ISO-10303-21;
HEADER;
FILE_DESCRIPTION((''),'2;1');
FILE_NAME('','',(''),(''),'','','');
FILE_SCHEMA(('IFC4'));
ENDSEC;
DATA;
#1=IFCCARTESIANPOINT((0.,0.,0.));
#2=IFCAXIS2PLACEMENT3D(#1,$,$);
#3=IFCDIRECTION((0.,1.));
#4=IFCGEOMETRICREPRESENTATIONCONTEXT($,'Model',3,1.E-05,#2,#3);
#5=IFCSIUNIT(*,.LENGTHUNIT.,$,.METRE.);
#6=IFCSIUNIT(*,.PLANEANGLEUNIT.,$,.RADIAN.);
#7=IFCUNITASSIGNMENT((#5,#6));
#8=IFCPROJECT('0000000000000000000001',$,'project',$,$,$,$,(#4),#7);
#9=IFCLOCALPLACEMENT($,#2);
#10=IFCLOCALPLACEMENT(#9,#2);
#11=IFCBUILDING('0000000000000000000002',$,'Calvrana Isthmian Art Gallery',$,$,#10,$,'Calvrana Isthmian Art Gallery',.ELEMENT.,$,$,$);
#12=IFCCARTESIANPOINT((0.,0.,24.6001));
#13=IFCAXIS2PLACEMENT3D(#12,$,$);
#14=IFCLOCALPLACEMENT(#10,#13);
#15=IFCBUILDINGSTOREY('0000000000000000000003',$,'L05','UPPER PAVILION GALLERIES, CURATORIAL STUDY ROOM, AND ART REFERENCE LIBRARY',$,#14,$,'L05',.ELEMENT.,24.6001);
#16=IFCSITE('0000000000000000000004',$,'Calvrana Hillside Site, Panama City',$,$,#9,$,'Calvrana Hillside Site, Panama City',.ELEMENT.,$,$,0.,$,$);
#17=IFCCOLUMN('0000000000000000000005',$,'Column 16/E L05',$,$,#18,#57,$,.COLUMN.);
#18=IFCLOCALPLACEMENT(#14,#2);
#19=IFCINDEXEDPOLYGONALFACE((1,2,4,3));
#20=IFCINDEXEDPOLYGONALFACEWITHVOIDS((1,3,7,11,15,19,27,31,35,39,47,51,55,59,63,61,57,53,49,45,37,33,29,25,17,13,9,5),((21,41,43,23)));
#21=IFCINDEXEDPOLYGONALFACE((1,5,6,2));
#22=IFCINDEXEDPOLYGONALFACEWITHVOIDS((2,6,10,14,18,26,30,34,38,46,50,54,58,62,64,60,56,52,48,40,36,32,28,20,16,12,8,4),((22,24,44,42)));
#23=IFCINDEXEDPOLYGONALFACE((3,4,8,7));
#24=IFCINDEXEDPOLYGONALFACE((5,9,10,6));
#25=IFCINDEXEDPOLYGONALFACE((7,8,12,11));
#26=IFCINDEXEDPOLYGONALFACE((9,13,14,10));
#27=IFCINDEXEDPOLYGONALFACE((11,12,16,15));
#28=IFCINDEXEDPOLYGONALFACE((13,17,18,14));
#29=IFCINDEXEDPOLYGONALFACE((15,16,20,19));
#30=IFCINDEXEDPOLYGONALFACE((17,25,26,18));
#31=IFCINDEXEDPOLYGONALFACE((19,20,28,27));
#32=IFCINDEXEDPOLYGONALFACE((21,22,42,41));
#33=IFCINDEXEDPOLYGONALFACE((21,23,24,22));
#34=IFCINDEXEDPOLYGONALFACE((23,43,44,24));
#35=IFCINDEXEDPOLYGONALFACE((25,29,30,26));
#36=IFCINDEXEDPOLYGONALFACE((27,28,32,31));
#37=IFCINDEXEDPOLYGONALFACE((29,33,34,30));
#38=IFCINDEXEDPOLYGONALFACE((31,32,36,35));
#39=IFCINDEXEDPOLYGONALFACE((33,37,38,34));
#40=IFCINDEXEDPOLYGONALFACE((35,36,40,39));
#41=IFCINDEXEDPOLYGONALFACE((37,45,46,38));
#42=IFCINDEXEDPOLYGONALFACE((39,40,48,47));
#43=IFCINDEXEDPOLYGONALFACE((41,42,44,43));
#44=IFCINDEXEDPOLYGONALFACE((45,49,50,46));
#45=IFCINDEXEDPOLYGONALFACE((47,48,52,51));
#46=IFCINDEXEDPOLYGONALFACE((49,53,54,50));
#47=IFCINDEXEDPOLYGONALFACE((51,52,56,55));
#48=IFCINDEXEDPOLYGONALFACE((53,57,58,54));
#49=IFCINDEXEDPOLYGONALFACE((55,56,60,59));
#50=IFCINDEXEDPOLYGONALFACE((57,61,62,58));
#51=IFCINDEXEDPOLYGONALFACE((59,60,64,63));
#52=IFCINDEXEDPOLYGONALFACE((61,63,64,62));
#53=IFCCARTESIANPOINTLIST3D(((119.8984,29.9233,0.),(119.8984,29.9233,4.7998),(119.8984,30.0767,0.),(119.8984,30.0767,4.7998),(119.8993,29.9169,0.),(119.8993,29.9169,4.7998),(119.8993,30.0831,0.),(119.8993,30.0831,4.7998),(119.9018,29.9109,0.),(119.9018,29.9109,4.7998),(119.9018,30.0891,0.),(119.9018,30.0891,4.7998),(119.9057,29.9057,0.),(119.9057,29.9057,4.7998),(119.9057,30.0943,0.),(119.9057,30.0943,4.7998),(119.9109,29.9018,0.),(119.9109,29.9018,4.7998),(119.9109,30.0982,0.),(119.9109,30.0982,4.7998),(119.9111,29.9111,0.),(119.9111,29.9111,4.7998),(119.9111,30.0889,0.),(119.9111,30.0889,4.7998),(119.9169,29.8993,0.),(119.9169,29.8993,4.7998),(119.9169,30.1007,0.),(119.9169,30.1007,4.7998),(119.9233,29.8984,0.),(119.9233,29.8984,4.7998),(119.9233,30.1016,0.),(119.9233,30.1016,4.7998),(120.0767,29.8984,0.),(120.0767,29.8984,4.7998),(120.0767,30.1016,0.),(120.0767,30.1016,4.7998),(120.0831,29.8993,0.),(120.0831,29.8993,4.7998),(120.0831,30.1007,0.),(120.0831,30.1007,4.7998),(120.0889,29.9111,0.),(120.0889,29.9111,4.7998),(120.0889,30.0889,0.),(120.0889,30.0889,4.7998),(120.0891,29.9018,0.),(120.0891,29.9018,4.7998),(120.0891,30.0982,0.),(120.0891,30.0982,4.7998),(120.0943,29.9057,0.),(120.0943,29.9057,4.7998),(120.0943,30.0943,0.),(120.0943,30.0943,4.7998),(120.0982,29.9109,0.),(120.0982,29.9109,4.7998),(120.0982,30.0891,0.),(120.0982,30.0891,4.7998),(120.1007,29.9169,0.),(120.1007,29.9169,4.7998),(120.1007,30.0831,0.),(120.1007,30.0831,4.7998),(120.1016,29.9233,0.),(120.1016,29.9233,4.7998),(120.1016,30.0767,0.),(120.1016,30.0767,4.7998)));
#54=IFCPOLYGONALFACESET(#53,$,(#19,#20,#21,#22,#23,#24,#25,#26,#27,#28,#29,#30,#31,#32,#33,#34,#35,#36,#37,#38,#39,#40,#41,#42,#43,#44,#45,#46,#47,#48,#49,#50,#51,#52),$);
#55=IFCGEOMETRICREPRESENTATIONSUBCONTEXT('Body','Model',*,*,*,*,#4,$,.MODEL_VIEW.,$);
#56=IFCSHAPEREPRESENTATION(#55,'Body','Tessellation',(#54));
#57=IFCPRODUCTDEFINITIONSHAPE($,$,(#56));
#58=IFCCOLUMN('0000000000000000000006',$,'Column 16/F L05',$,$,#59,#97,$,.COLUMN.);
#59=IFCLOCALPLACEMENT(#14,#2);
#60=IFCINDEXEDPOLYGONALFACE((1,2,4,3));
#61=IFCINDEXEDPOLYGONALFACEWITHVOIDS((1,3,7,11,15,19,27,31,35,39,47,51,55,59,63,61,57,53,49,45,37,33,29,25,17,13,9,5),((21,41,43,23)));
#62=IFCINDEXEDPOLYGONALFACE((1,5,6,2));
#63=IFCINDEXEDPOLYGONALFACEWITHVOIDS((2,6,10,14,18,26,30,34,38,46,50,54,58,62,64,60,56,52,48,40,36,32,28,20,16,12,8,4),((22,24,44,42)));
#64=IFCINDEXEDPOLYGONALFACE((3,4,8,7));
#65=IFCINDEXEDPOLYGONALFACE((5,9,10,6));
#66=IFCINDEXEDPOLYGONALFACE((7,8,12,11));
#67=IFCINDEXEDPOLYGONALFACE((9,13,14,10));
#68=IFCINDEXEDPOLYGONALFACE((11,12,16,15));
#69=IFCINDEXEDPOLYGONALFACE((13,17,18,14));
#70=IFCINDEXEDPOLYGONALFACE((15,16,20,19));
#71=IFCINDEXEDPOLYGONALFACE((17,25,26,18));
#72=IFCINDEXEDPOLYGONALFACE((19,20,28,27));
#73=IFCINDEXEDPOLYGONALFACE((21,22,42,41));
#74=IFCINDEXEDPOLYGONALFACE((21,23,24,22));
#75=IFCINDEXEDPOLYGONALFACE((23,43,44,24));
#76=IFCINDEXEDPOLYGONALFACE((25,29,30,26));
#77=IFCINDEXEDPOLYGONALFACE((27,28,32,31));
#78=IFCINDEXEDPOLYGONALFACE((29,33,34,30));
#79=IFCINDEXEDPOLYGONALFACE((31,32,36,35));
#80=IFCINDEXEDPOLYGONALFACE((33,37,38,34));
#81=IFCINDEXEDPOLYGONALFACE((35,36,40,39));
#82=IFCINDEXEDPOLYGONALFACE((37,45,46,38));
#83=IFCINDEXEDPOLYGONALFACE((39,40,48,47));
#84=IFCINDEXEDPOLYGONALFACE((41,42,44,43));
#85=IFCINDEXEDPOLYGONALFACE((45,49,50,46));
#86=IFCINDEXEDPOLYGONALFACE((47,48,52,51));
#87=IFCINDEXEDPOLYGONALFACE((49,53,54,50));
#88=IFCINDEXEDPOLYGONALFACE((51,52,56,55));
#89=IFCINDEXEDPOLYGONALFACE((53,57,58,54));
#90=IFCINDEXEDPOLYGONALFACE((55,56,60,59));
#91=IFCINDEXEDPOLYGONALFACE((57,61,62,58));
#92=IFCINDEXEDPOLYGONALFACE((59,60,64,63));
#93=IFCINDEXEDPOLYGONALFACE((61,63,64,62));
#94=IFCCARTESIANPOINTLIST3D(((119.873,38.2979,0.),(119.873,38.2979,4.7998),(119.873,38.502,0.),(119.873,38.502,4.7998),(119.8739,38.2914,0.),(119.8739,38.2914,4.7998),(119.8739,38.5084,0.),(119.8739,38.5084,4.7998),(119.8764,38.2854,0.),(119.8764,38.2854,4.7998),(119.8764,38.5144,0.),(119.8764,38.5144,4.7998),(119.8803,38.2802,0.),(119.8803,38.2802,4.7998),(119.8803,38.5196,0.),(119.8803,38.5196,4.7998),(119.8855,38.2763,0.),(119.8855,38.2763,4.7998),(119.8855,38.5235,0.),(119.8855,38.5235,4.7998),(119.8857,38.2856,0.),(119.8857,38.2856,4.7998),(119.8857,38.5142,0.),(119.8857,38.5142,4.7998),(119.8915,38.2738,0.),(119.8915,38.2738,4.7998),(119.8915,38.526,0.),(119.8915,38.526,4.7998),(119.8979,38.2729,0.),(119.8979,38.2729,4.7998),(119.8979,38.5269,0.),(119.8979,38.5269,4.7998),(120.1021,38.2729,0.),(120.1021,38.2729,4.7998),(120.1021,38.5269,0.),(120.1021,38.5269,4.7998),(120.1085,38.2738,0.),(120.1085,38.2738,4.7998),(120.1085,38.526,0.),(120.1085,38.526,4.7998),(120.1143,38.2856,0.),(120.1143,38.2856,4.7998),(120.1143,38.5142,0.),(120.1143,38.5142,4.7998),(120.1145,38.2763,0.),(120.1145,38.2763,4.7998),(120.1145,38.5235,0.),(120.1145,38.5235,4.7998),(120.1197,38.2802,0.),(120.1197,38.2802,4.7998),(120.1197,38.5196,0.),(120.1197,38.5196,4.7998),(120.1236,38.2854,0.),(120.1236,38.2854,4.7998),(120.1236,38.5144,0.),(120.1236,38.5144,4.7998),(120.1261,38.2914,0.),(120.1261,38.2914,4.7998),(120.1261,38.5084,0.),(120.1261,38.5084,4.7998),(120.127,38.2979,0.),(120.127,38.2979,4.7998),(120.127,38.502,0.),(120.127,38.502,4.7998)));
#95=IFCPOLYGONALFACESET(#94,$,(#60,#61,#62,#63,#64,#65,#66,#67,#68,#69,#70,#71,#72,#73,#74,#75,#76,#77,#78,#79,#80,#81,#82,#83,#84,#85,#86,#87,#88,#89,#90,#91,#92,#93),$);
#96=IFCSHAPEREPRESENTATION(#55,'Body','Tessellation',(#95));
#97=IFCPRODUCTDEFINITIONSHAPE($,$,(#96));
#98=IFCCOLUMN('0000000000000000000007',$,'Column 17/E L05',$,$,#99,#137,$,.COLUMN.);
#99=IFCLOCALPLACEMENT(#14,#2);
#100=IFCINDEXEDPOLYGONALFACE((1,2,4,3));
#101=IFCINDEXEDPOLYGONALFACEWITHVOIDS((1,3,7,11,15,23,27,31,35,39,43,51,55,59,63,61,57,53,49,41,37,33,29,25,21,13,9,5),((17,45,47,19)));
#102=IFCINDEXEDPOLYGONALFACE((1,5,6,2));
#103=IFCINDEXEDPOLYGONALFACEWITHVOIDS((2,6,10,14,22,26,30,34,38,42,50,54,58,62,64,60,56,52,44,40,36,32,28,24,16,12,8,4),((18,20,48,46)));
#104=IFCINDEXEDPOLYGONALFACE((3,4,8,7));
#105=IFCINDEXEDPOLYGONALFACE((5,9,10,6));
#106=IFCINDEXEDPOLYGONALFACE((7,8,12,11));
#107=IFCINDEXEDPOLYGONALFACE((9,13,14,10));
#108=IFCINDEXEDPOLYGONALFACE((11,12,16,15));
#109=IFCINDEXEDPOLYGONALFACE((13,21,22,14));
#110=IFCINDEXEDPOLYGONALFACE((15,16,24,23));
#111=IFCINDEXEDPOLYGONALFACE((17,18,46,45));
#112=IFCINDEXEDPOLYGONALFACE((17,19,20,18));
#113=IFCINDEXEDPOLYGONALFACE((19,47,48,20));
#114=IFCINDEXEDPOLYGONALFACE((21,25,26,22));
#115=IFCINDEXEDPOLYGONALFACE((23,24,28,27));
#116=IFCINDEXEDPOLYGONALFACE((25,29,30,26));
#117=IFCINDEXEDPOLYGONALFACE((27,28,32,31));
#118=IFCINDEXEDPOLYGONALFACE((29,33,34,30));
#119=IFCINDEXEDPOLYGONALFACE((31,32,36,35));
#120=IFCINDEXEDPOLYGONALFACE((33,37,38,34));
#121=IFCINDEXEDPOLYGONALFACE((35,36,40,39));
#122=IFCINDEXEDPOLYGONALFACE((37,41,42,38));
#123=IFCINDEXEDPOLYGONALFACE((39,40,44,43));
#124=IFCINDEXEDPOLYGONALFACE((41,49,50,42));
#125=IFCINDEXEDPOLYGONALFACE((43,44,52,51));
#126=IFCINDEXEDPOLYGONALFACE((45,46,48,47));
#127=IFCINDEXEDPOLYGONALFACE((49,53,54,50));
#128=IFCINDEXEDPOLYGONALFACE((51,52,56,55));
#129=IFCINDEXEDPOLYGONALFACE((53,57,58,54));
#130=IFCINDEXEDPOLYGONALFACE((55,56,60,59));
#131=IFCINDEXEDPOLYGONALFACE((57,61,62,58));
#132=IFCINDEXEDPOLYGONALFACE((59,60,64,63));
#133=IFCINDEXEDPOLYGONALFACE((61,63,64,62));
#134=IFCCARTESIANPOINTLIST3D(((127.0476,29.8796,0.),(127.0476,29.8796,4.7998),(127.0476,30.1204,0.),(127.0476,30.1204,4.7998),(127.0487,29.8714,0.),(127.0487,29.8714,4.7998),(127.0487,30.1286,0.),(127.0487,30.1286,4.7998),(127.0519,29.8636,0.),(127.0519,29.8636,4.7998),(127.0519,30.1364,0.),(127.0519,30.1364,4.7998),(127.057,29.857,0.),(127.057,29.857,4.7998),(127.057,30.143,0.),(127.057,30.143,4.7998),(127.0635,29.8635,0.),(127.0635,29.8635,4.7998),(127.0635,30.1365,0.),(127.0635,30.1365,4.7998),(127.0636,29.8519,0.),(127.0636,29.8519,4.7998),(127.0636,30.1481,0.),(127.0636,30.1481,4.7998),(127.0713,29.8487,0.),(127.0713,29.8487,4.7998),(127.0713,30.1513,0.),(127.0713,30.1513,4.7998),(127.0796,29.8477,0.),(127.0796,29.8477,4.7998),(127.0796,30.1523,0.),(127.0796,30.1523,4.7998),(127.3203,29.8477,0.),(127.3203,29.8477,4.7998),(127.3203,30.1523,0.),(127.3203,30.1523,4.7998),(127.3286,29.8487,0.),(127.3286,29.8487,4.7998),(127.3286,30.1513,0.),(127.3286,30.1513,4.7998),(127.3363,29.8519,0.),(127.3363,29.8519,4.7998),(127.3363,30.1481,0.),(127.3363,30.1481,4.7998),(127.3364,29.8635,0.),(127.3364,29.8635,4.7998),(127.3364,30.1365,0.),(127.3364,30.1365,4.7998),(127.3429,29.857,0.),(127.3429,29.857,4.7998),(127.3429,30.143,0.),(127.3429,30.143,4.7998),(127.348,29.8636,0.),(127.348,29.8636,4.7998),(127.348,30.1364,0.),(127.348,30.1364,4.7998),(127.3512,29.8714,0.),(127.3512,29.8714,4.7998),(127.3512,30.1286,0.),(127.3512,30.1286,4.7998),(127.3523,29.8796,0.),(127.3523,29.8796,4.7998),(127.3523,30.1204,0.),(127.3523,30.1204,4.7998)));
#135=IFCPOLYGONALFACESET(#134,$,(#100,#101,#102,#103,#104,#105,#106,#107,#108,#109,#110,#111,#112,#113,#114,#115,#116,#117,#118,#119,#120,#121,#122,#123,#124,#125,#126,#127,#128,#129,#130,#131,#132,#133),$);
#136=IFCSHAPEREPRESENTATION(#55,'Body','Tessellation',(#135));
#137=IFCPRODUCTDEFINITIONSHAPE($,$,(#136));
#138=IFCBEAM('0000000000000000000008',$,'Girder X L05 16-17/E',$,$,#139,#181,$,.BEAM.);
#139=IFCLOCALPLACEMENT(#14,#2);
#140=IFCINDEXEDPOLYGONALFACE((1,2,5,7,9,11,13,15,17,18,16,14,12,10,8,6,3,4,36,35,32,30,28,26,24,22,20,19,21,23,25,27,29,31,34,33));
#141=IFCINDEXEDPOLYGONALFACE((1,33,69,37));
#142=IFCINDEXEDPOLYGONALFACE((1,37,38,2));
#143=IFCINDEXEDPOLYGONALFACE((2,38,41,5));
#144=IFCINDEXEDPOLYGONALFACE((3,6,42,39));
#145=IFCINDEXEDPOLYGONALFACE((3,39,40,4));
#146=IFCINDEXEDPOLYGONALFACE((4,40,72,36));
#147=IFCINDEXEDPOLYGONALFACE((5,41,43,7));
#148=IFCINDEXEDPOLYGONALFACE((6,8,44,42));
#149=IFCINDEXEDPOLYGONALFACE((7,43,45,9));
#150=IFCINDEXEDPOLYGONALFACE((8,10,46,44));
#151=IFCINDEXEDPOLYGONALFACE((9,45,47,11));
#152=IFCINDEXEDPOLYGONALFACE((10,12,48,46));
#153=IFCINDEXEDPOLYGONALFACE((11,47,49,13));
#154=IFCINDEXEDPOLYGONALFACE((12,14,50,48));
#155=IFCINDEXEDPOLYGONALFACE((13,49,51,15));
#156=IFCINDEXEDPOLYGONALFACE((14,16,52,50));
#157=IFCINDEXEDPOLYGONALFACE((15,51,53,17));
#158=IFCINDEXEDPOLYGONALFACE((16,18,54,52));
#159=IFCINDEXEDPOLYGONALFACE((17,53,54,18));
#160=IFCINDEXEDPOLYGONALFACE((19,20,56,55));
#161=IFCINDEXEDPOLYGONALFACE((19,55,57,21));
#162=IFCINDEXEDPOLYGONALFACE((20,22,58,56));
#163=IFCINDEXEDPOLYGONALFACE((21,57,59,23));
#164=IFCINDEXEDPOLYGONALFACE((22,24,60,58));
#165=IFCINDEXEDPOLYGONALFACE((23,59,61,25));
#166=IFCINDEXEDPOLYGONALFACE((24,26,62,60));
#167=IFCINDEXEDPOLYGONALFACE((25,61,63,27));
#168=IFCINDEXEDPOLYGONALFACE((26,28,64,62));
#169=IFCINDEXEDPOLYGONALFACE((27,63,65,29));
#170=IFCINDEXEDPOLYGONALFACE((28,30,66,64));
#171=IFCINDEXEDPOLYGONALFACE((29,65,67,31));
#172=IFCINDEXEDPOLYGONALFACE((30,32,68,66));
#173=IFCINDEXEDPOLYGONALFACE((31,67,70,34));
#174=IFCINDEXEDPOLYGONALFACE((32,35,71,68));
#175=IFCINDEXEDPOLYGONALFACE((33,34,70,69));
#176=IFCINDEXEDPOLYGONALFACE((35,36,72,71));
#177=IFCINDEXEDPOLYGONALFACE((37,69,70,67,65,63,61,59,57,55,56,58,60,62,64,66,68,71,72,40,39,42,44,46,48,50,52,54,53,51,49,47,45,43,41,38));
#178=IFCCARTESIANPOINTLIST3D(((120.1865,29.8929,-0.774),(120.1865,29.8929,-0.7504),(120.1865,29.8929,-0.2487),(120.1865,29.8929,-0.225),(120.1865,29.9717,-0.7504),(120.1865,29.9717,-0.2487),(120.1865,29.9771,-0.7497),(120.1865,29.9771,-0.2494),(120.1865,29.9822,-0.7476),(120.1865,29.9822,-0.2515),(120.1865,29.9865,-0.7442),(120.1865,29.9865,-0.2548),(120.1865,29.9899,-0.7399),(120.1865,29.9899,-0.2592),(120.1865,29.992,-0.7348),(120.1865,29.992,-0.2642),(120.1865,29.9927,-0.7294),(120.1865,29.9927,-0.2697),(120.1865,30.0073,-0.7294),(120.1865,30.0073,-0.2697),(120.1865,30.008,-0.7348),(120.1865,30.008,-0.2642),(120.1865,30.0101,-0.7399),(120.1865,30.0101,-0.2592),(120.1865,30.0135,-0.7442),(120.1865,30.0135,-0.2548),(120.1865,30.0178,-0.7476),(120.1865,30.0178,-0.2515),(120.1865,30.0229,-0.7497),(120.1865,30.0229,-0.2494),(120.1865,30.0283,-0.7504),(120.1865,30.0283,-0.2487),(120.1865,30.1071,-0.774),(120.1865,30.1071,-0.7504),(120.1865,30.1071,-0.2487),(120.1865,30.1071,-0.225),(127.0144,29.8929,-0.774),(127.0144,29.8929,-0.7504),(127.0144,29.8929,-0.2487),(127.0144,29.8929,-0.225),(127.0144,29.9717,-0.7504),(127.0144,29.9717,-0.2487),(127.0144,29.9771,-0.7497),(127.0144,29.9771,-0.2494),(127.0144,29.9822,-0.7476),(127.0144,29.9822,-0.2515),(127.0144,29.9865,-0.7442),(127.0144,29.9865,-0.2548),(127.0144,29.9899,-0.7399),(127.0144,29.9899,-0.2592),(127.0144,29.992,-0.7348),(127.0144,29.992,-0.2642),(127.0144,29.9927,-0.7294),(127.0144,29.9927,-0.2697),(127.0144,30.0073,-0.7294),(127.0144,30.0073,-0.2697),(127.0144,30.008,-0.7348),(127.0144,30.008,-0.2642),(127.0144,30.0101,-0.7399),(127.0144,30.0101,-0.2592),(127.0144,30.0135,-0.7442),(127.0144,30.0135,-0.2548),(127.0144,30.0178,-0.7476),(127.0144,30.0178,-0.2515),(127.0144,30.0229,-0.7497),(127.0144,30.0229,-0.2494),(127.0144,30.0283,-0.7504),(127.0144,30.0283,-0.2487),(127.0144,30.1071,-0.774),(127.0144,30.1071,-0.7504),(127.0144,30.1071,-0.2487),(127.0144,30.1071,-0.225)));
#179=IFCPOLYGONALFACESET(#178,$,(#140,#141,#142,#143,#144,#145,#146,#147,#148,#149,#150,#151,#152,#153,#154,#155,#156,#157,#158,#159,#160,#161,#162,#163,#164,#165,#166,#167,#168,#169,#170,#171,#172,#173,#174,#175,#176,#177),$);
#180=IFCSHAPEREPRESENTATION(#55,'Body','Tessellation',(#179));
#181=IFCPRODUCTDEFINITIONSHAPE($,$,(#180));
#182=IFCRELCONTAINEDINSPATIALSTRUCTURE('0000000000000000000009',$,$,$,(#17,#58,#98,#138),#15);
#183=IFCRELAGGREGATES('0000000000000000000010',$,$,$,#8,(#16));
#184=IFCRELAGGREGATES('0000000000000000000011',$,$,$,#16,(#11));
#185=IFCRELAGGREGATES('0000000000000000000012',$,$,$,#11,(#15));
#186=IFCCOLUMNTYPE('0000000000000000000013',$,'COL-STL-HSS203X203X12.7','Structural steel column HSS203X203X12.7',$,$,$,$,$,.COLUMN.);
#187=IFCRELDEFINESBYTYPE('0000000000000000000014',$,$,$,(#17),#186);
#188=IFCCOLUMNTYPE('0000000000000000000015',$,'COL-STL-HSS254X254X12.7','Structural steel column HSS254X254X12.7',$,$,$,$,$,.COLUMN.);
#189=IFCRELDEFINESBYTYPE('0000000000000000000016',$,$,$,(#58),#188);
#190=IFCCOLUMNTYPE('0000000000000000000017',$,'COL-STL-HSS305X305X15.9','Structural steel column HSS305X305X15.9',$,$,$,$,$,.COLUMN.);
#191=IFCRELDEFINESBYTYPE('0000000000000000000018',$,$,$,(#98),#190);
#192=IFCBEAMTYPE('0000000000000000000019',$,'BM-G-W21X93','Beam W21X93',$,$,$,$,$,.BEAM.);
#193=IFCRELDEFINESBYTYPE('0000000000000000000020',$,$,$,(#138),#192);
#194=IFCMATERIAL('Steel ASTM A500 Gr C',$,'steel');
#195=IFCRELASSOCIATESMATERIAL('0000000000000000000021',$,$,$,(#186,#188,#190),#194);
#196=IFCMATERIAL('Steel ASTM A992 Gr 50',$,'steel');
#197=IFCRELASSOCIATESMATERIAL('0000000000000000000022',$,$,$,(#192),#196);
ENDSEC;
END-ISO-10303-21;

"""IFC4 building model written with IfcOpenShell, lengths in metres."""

from ifc_helpers import new_model, si_unit, direction, frame, origin, origin_2d, place, context, subcontext, project, spatial, hollow_rectangle, i_section, extrude, material, material_profile, profile_set, type_object, element, save


model = new_model("IFC4")

# Units and contexts
model_context = context("Model", 3, precision=1e-05, world=origin(), true_north=direction((0.0, 1.0)))
body_context = subcontext(model_context, "Body", "Model", "MODEL_VIEW")
ifc_project = project(units=[si_unit("LENGTHUNIT", "METRE"), si_unit("PLANEANGLEUNIT", "RADIAN")], contexts=[model_context])

# Site, building, storey
site_placement = place(None, origin())
site = spatial("IfcSite", under=ifc_project, at=site_placement, Name="Calvrana Hillside Site, Panama City", LongName="Calvrana Hillside Site, Panama City", CompositionType="ELEMENT", RefElevation=0.0)
building_placement = place(site_placement, origin())
building = spatial("IfcBuilding", under=site, at=building_placement, Name="Calvrana Isthmian Art Gallery", LongName="Calvrana Isthmian Art Gallery", CompositionType="ELEMENT")
storey_placement = place(building_placement, frame((0.0, 0.0, 24.6001)))
storey = spatial("IfcBuildingStorey", under=building, at=storey_placement, Name="L05", Description="UPPER PAVILION GALLERIES, CURATORIAL STUDY ROOM, AND ART REFERENCE LIBRARY", LongName="L05", CompositionType="ELEMENT", Elevation=24.6001)

# Columns
ifc_material_1 = material(Name="Steel ASTM A500 Gr C", Category="steel")
ifc_material_profile_1 = material_profile(ifc_material_1, hollow_rectangle(XDim=0.2031, YDim=0.2031, WallThickness=0.0127, OuterFilletRadius=0.0249, at=origin_2d()), Name="HSS203X203X12.7")
ifc_profile_set_1 = profile_set([ifc_material_profile_1], Name="Steel ASTM A500 Gr C")
column_type_1 = type_object("IfcColumnType", Name="COL-STL-HSS203X203X12.7", Description="Structural steel column HSS203X203X12.7", PredefinedType="COLUMN", material=ifc_profile_set_1)
column_1_placement = place(storey_placement, frame((120.0, 30.0, 0.0), z_axis=(0.0, 0.0, 1.0), x_axis=(1.0, 0.0, 0.0)))
element("IfcColumn", 1, at=column_1_placement, inside=storey, type_object=column_type_1, Name="Column 16/E L05", PredefinedType="COLUMN", context=body_context, shape_type="SweptSolid", body=[
    extrude(hollow_rectangle(XDim=0.2031, YDim=0.2031, WallThickness=0.0127, OuterFilletRadius=0.0249, at=origin_2d()), origin(), (0.0, 0.0, 1.0), 4.7998),
])
ifc_material_profile_2 = material_profile(ifc_material_1, hollow_rectangle(XDim=0.2539, YDim=0.2539, WallThickness=0.0127, OuterFilletRadius=0.0249, at=origin_2d()), Name="HSS254X254X12.7")
ifc_profile_set_2 = profile_set([ifc_material_profile_2], Name="Steel ASTM A500 Gr C")
column_type_2 = type_object("IfcColumnType", Name="COL-STL-HSS254X254X12.7", Description="Structural steel column HSS254X254X12.7", PredefinedType="COLUMN", material=ifc_profile_set_2)
column_2_placement = place(storey_placement, frame((120.0, 38.3999, 0.0), z_axis=(0.0, 0.0, 1.0), x_axis=(1.0, 0.0, 0.0)))
element("IfcColumn", 2, at=column_2_placement, inside=storey, type_object=column_type_2, Name="Column 16/F L05", PredefinedType="COLUMN", context=body_context, shape_type="SweptSolid", body=[
    extrude(hollow_rectangle(XDim=0.2539, YDim=0.2539, WallThickness=0.0127, OuterFilletRadius=0.0249, at=origin_2d()), origin(), (0.0, 0.0, 1.0), 4.7998),
])
ifc_material_profile_3 = material_profile(ifc_material_1, hollow_rectangle(XDim=0.3047, YDim=0.3047, WallThickness=0.0159, OuterFilletRadius=0.032, at=origin_2d()), Name="HSS305X305X15.9")
ifc_profile_set_3 = profile_set([ifc_material_profile_3], Name="Steel ASTM A500 Gr C")
column_type_3 = type_object("IfcColumnType", Name="COL-STL-HSS305X305X15.9", Description="Structural steel column HSS305X305X15.9", PredefinedType="COLUMN", material=ifc_profile_set_3)
column_3_placement = place(storey_placement, frame((127.2, 30.0, 0.0), z_axis=(0.0, 0.0, 1.0), x_axis=(1.0, 0.0, 0.0)))
element("IfcColumn", 3, at=column_3_placement, inside=storey, type_object=column_type_3, Name="Column 17/E L05", PredefinedType="COLUMN", context=body_context, shape_type="SweptSolid", body=[
    extrude(hollow_rectangle(XDim=0.3047, YDim=0.3047, WallThickness=0.0159, OuterFilletRadius=0.032, at=origin_2d()), origin(), (0.0, 0.0, 1.0), 4.7998),
])

# Beam
ifc_material_2 = material(Name="Steel ASTM A992 Gr 50", Category="steel")
ifc_material_profile_4 = material_profile(ifc_material_2, i_section(OverallWidth=0.2141, OverallDepth=0.5491, WebThickness=0.0146, FlangeThickness=0.0237, FilletRadius=0.021, at=origin_2d()), Name="W21X93")
ifc_profile_set_4 = profile_set([ifc_material_profile_4], Name="Steel ASTM A992 Gr 50")
beam_type_1 = type_object("IfcBeamType", Name="BM-G-W21X93", Description="Beam W21X93", PredefinedType="BEAM", material=ifc_profile_set_4)
beam_1_placement = place(storey_placement, frame((120.1865, 30.0, -0.4995), z_axis=(1.0, 0.0, 0.0), x_axis=(0.0, 1.0, 0.0)))
element("IfcBeam", 4, at=beam_1_placement, inside=storey, type_object=beam_type_1, Name="Girder X L05 16-17/E", PredefinedType="BEAM", context=body_context, shape_type="SweptSolid", body=[
    extrude(i_section(OverallWidth=0.2141, OverallDepth=0.5491, WebThickness=0.0146, FlangeThickness=0.0237, FilletRadius=0.021, at=origin_2d()), origin(), (0.0, 0.0, 1.0), 6.8279),
])

save(model, "model.ifc")
